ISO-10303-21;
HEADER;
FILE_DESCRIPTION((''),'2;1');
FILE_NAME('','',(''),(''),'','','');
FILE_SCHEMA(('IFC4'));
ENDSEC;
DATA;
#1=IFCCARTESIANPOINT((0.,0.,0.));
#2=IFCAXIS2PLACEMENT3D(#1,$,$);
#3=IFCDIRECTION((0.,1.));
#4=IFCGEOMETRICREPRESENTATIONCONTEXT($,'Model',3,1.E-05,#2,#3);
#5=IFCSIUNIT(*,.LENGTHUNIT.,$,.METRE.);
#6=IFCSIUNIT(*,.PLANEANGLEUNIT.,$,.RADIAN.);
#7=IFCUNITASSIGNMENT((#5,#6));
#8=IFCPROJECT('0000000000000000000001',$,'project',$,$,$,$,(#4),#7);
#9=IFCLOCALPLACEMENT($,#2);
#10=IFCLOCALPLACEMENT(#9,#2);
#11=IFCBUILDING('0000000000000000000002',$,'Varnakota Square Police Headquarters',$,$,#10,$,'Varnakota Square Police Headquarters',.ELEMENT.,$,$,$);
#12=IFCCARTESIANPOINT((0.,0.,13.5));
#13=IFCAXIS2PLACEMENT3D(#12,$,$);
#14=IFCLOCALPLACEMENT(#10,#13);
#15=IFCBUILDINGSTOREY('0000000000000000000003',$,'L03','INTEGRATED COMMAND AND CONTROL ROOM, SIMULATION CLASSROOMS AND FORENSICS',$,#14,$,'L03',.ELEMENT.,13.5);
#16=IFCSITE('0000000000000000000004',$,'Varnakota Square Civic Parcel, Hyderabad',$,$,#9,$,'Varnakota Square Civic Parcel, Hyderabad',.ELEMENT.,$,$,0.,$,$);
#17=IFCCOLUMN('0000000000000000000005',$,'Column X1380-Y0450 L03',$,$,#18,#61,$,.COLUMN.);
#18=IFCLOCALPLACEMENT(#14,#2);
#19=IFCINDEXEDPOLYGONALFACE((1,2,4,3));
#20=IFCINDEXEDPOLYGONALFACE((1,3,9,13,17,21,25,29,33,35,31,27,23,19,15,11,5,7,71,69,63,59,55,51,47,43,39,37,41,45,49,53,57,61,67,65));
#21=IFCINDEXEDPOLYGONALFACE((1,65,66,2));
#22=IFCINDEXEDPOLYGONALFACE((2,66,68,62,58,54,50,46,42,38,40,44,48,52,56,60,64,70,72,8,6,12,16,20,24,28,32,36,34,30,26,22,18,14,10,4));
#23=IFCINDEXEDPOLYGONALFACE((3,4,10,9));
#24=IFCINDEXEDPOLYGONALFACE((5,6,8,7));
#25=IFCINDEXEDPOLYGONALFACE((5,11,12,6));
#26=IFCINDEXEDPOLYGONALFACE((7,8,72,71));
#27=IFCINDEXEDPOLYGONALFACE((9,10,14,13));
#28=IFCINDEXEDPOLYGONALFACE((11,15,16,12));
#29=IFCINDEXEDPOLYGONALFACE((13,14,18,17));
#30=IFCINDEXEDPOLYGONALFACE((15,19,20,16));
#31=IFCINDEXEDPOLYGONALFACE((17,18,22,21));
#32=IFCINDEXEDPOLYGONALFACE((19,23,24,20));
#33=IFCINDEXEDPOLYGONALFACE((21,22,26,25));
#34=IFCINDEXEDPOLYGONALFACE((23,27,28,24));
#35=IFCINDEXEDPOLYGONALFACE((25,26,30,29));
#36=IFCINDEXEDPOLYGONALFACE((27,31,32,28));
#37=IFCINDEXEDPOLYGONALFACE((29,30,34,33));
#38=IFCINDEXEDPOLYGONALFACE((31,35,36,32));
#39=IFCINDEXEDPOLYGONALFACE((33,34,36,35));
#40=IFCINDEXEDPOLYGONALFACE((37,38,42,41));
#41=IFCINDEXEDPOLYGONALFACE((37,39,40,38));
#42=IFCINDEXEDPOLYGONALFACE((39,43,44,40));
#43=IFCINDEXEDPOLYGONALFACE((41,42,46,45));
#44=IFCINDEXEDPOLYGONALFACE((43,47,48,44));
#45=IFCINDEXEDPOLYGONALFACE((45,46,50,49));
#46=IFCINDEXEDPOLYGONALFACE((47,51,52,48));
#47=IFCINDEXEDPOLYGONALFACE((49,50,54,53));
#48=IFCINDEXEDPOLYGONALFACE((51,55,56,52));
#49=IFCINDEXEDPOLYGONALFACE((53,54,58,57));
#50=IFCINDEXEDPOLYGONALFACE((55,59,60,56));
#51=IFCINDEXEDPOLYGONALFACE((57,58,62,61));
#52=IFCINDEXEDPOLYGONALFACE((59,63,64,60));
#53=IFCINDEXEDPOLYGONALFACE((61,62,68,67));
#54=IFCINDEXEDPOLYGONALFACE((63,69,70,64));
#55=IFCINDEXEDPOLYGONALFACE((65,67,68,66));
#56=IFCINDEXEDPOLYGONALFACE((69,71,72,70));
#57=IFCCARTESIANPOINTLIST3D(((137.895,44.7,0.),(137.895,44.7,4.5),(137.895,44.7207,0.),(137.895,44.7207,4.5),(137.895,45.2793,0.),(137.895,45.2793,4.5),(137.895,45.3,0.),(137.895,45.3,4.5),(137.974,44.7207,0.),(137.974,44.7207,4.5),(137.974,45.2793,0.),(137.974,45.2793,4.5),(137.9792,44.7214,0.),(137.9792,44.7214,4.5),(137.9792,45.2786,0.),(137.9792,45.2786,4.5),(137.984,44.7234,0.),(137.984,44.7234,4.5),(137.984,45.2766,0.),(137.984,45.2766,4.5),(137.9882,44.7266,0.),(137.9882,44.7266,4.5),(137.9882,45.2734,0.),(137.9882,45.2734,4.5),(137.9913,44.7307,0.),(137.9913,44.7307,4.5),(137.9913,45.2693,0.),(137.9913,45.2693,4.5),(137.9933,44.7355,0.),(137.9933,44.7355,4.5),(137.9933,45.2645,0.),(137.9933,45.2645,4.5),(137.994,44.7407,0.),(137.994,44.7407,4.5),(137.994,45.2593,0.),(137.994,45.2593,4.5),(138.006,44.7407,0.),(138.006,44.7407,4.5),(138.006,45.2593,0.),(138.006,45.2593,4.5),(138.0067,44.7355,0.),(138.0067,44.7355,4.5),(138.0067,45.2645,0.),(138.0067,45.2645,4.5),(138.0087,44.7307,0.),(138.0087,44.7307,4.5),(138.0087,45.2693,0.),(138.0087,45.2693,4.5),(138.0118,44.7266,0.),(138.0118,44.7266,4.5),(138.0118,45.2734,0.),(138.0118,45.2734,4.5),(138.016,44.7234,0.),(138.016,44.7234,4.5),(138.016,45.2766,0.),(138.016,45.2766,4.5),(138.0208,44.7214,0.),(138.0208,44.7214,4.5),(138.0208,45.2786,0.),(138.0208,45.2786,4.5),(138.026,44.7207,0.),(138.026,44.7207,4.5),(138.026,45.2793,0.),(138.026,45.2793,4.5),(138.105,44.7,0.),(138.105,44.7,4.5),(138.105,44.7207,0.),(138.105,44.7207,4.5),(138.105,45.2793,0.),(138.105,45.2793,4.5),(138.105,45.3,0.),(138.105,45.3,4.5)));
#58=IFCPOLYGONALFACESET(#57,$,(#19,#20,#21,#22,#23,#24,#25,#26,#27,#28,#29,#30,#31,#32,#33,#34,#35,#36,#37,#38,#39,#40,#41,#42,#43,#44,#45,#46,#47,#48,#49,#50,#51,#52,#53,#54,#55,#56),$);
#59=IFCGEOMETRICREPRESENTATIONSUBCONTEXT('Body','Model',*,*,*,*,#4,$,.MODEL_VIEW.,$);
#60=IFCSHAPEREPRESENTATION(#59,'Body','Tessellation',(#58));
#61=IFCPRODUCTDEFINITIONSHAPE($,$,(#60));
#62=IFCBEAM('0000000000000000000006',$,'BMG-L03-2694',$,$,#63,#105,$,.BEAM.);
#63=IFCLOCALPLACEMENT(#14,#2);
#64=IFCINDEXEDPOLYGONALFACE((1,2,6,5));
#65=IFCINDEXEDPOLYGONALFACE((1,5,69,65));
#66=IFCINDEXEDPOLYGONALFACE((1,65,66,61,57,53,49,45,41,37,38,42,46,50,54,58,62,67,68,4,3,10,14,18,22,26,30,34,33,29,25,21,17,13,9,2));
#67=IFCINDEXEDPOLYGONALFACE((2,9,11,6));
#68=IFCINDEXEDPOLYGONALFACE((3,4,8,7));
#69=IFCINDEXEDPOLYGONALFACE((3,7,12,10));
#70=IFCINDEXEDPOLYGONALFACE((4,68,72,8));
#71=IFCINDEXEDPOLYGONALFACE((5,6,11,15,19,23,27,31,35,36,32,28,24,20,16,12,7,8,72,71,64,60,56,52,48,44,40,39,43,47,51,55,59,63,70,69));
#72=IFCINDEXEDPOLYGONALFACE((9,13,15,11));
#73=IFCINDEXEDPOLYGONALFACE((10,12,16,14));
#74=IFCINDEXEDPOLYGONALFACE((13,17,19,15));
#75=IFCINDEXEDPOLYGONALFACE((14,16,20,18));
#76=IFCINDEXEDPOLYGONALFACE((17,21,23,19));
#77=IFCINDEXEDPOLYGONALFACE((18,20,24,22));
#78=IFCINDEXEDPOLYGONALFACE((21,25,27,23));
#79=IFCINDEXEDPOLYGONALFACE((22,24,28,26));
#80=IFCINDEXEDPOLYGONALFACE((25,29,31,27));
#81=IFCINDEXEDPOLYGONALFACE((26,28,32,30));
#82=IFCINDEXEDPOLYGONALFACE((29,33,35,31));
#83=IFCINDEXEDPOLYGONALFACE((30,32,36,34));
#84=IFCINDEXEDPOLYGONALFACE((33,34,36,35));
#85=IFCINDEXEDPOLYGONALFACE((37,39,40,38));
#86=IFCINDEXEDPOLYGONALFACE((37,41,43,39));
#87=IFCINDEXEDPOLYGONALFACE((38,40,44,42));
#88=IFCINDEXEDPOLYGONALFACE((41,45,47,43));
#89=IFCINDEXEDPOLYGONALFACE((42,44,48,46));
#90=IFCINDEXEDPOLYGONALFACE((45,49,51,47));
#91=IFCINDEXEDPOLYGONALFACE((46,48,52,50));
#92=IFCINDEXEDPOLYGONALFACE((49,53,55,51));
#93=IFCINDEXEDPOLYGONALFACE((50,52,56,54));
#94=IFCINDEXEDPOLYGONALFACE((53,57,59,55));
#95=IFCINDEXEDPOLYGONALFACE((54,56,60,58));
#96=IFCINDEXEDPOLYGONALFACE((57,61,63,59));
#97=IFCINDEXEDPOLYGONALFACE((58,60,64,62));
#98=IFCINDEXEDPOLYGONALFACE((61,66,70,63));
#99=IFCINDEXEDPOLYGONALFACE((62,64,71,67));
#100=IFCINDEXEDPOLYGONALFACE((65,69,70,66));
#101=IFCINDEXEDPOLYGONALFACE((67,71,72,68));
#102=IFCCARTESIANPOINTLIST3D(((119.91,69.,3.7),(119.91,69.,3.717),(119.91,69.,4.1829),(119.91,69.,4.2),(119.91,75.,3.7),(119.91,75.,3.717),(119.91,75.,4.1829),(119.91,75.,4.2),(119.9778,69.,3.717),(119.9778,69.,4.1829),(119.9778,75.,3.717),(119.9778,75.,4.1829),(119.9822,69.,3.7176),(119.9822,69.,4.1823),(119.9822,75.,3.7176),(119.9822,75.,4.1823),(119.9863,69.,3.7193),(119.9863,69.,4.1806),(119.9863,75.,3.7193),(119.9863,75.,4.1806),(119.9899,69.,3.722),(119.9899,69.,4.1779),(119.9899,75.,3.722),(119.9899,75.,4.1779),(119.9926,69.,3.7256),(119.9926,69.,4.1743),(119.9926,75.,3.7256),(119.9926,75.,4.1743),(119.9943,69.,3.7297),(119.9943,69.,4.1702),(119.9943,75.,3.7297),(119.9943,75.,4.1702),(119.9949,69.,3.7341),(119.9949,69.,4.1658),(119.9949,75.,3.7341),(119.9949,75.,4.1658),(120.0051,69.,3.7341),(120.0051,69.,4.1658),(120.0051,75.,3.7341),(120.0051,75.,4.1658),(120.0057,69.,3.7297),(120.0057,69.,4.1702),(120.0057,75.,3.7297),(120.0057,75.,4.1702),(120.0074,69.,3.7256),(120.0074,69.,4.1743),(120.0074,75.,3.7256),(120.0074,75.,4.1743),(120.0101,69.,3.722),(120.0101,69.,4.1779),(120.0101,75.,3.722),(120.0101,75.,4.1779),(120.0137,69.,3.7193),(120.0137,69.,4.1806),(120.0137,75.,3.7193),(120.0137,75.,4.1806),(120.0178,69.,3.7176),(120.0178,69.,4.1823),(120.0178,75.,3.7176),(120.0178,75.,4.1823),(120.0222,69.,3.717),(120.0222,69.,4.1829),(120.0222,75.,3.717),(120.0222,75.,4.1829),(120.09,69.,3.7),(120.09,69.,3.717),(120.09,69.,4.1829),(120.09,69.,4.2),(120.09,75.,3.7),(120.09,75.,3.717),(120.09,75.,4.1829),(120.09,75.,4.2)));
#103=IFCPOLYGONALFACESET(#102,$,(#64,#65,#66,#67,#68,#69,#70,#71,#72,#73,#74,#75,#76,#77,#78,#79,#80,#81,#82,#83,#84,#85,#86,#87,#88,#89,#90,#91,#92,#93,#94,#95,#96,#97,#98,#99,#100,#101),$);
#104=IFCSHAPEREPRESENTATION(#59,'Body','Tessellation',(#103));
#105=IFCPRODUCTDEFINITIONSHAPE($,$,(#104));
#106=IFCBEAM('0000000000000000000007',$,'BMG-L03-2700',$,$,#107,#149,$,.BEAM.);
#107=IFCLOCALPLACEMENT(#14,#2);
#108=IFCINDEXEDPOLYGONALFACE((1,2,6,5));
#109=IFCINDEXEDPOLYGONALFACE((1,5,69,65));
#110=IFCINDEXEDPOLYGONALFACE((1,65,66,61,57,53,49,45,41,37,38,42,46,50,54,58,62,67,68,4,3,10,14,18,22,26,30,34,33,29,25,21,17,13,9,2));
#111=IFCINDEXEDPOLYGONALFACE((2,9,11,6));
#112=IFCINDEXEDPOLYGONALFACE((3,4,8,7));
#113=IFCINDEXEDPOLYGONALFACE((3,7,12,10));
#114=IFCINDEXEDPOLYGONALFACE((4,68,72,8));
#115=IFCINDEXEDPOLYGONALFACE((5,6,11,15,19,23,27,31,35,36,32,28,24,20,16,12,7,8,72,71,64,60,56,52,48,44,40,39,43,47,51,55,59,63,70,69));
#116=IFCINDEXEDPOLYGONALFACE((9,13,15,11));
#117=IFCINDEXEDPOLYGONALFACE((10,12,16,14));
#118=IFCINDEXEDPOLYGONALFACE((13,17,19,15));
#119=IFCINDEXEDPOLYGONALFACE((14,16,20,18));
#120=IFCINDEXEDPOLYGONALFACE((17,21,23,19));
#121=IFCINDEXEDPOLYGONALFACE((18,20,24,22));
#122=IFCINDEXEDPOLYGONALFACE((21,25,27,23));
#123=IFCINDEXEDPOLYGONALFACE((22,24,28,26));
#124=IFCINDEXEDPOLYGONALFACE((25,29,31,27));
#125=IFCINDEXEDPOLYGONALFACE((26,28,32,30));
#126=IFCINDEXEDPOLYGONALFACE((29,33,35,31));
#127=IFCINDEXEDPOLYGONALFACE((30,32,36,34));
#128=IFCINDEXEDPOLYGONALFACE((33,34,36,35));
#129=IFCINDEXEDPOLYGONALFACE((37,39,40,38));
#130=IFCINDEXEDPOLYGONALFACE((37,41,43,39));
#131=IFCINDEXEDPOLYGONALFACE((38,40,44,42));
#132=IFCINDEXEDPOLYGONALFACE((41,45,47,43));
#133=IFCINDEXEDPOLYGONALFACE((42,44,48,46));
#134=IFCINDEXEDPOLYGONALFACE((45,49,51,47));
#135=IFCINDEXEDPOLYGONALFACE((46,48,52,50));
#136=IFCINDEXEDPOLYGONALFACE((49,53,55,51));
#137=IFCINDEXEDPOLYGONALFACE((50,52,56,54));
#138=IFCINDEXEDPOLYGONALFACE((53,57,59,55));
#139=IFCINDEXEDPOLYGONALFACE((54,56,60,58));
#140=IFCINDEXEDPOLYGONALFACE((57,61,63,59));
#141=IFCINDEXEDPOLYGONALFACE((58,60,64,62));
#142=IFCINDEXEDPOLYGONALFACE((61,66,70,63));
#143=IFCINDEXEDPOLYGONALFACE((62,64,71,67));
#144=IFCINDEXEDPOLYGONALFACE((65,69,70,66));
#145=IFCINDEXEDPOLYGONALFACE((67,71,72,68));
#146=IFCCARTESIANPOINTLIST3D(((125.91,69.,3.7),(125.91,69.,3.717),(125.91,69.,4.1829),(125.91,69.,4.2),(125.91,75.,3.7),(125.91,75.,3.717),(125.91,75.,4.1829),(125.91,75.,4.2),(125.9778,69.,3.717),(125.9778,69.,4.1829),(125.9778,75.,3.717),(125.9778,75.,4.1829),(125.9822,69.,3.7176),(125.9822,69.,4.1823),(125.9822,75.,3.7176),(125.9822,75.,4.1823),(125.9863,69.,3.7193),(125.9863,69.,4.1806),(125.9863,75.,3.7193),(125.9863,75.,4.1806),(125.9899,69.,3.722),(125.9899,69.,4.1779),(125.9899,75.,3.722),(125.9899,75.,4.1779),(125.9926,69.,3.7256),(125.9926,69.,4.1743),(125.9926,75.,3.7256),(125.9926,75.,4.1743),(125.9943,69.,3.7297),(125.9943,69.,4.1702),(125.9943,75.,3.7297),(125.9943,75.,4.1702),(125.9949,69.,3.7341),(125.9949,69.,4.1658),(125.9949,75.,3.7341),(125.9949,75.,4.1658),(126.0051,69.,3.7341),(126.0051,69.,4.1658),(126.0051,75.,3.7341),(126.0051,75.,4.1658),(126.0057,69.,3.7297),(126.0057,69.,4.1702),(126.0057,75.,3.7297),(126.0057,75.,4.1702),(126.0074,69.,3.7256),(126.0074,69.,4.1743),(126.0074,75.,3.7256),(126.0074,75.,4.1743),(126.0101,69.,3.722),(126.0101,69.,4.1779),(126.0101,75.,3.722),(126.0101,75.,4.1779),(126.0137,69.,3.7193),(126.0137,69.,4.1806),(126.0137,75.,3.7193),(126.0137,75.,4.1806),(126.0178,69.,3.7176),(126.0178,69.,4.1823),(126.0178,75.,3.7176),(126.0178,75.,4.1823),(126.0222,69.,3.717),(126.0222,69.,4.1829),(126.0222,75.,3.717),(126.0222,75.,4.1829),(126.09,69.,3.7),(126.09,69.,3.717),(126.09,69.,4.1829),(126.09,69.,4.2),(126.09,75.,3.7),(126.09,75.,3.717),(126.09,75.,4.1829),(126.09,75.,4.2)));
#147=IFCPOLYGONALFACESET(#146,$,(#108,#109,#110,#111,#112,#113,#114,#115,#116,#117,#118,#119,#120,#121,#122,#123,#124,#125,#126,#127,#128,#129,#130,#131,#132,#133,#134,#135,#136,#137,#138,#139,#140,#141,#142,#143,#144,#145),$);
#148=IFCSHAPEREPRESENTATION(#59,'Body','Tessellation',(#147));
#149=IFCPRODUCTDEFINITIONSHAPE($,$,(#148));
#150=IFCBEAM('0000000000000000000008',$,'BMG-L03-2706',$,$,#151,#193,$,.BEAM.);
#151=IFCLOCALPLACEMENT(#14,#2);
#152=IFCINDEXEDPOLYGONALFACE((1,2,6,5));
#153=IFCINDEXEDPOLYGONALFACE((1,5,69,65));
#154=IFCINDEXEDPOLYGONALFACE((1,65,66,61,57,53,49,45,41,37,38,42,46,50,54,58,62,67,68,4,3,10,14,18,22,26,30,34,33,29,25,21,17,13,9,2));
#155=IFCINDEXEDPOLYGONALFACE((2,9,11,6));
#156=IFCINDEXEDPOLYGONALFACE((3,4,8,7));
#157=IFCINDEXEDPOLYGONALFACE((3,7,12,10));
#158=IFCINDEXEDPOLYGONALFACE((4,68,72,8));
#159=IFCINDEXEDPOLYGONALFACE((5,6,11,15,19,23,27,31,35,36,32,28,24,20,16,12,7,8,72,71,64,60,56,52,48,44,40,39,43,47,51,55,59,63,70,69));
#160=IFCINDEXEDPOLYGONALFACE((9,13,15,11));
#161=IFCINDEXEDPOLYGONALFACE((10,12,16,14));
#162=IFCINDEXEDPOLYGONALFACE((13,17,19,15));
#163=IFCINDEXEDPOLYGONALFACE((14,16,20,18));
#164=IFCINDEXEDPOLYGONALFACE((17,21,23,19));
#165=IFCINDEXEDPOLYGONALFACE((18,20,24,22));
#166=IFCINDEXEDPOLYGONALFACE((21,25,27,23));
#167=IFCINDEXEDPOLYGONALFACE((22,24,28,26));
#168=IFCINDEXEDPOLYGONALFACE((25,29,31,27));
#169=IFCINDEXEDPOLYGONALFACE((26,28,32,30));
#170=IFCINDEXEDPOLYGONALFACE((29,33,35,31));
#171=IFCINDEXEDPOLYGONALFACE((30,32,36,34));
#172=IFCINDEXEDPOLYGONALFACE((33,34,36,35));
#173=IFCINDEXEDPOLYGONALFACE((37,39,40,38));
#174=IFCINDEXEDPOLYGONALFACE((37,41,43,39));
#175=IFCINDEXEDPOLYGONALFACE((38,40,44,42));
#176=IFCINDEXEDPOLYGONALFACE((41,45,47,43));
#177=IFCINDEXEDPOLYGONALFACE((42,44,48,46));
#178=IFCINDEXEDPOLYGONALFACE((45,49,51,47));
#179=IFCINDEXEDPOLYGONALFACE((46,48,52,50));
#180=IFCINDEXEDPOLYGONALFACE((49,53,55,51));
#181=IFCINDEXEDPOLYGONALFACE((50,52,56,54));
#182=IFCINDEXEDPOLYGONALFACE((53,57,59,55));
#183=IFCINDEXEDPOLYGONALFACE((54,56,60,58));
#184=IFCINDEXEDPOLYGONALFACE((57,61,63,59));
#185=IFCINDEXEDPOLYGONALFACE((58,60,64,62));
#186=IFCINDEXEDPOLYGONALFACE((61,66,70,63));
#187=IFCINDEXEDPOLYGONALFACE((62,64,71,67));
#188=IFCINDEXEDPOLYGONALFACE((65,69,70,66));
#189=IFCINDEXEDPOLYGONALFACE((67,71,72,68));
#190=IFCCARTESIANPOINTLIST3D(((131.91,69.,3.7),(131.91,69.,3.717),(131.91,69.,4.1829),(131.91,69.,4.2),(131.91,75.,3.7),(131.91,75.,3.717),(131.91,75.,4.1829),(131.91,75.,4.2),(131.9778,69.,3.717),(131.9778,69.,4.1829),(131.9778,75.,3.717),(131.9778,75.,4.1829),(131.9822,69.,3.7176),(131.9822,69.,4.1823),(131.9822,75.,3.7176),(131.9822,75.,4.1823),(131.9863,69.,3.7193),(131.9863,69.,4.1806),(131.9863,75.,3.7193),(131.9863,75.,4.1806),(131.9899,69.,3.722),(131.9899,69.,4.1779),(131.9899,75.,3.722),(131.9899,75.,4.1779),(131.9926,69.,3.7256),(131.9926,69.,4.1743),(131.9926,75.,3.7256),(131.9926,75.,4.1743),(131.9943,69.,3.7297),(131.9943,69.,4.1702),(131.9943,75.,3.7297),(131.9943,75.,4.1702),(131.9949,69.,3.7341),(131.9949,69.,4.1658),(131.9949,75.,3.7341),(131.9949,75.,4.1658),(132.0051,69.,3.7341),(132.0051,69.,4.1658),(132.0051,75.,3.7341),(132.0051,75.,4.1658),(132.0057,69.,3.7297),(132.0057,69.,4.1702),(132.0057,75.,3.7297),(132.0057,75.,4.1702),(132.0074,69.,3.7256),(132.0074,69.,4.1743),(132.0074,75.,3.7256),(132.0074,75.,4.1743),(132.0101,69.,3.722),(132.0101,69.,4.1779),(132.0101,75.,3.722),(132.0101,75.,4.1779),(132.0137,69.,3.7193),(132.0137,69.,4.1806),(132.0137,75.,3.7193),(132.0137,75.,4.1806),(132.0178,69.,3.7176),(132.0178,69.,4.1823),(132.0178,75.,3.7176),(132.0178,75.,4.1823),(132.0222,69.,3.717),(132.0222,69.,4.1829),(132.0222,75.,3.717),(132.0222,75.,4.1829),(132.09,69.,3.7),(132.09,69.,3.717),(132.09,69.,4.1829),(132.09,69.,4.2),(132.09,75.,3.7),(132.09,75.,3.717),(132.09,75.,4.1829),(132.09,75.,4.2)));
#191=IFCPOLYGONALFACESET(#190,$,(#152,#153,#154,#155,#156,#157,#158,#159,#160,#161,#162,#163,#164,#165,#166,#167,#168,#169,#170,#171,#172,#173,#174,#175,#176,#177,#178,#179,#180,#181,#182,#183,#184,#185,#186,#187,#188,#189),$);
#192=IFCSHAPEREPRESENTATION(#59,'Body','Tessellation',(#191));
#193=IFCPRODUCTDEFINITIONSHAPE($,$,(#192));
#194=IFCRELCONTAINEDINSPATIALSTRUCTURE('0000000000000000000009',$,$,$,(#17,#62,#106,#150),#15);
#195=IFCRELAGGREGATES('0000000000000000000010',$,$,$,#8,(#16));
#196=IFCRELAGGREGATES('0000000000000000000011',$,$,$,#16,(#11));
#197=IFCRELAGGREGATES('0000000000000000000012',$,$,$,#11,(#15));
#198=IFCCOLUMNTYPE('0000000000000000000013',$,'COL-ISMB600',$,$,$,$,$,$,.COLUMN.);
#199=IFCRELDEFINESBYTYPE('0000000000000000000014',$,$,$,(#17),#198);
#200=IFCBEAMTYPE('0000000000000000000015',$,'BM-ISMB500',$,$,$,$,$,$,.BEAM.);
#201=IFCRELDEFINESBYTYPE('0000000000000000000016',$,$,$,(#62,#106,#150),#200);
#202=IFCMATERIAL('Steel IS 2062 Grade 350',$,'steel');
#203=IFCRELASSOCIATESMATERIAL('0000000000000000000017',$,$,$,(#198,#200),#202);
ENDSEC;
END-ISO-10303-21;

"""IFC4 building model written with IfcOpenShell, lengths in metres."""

from ifc_helpers import new_model, si_unit, direction, frame, origin, origin_2d, place, context, subcontext, project, spatial, i_section, extrude, material, material_profile, profile_set, type_object, element, save


model = new_model("IFC4")

# Units and contexts
model_context = context("Model", 3, precision=1e-05, world=origin(), true_north=direction((0.0, 1.0)))
body_context = subcontext(model_context, "Body", "Model", "MODEL_VIEW")
ifc_project = project(units=[si_unit("LENGTHUNIT", "METRE"), si_unit("PLANEANGLEUNIT", "RADIAN")], contexts=[model_context])

# Site, building, storey
site_placement = place(None, origin())
site = spatial("IfcSite", under=ifc_project, at=site_placement, Name="Varnakota Square Civic Parcel, Hyderabad", LongName="Varnakota Square Civic Parcel, Hyderabad", CompositionType="ELEMENT", RefElevation=0.0)
building_placement = place(site_placement, origin())
building = spatial("IfcBuilding", under=site, at=building_placement, Name="Varnakota Square Police Headquarters", LongName="Varnakota Square Police Headquarters", CompositionType="ELEMENT")
storey_placement = place(building_placement, frame((0.0, 0.0, 13.5)))
storey = spatial("IfcBuildingStorey", under=building, at=storey_placement, Name="L03", Description="INTEGRATED COMMAND AND CONTROL ROOM, SIMULATION CLASSROOMS AND FORENSICS", LongName="L03", CompositionType="ELEMENT", Elevation=13.5)

# Column
ifc_material_1 = material(Name="Steel IS 2062 Grade 350", Category="steel")
ifc_material_profile_1 = material_profile(ifc_material_1, i_section(OverallWidth=0.21, OverallDepth=0.6001, WebThickness=0.012, FlangeThickness=0.0208, FilletRadius=0.02, at=origin_2d()), Name="ISMB 600")
ifc_profile_set_1 = profile_set([ifc_material_profile_1], Name="Steel IS 2062 Grade 350")
column_type_1 = type_object("IfcColumnType", Name="COL-ISMB600", PredefinedType="COLUMN", material=ifc_profile_set_1)
column_1_placement = place(storey_placement, frame((138.0, 45.0, 0.0), z_axis=(0.0, 0.0, 1.0), x_axis=(1.0, 0.0, 0.0)))
element("IfcColumn", 1, at=column_1_placement, inside=storey, type_object=column_type_1, Name="Column X1380-Y0450 L03", PredefinedType="COLUMN", context=body_context, shape_type="SweptSolid", body=[
    extrude(i_section(OverallWidth=0.21, OverallDepth=0.6001, WebThickness=0.012, FlangeThickness=0.0208, FilletRadius=0.02, at=origin_2d()), origin(), (0.0, 0.0, 1.0), 4.5),
])

# Beams
ifc_material_profile_2 = material_profile(ifc_material_1, i_section(OverallWidth=0.1799, OverallDepth=0.5, WebThickness=0.0103, FlangeThickness=0.0171, FilletRadius=0.0171, at=origin_2d()), Name="ISMB 500")
ifc_profile_set_2 = profile_set([ifc_material_profile_2], Name="Steel IS 2062 Grade 350")
beam_type_1 = type_object("IfcBeamType", Name="BM-ISMB500", PredefinedType="BEAM", material=ifc_profile_set_2)
for number, where, z_axis, x_axis, name in (
    (2, (120.0, 69.0, 3.95), (0.0, 1.0, 0.0), (-1.0, 0.0, 0.0), "BMG-L03-2694"),
    (3, (126.0, 69.0, 3.95), (0.0, 1.0, 0.0), (-1.0, 0.0, 0.0), "BMG-L03-2700"),
    (4, (132.0, 69.0, 3.95), (0.0, 1.0, 0.0), (-1.0, 0.0, 0.0), "BMG-L03-2706"),
):
    element("IfcBeam", number, at=place(storey_placement, frame(where, z_axis=z_axis, x_axis=x_axis)), inside=storey, type_object=beam_type_1, Name=name, PredefinedType="BEAM", context=body_context, shape_type="SweptSolid", body=[
        extrude(i_section(OverallWidth=0.1799, OverallDepth=0.5, WebThickness=0.0103, FlangeThickness=0.0171, FilletRadius=0.0171, at=origin_2d()), origin(), (0.0, 0.0, 1.0), 6.0),
    ])

save(model, "model.ifc")
